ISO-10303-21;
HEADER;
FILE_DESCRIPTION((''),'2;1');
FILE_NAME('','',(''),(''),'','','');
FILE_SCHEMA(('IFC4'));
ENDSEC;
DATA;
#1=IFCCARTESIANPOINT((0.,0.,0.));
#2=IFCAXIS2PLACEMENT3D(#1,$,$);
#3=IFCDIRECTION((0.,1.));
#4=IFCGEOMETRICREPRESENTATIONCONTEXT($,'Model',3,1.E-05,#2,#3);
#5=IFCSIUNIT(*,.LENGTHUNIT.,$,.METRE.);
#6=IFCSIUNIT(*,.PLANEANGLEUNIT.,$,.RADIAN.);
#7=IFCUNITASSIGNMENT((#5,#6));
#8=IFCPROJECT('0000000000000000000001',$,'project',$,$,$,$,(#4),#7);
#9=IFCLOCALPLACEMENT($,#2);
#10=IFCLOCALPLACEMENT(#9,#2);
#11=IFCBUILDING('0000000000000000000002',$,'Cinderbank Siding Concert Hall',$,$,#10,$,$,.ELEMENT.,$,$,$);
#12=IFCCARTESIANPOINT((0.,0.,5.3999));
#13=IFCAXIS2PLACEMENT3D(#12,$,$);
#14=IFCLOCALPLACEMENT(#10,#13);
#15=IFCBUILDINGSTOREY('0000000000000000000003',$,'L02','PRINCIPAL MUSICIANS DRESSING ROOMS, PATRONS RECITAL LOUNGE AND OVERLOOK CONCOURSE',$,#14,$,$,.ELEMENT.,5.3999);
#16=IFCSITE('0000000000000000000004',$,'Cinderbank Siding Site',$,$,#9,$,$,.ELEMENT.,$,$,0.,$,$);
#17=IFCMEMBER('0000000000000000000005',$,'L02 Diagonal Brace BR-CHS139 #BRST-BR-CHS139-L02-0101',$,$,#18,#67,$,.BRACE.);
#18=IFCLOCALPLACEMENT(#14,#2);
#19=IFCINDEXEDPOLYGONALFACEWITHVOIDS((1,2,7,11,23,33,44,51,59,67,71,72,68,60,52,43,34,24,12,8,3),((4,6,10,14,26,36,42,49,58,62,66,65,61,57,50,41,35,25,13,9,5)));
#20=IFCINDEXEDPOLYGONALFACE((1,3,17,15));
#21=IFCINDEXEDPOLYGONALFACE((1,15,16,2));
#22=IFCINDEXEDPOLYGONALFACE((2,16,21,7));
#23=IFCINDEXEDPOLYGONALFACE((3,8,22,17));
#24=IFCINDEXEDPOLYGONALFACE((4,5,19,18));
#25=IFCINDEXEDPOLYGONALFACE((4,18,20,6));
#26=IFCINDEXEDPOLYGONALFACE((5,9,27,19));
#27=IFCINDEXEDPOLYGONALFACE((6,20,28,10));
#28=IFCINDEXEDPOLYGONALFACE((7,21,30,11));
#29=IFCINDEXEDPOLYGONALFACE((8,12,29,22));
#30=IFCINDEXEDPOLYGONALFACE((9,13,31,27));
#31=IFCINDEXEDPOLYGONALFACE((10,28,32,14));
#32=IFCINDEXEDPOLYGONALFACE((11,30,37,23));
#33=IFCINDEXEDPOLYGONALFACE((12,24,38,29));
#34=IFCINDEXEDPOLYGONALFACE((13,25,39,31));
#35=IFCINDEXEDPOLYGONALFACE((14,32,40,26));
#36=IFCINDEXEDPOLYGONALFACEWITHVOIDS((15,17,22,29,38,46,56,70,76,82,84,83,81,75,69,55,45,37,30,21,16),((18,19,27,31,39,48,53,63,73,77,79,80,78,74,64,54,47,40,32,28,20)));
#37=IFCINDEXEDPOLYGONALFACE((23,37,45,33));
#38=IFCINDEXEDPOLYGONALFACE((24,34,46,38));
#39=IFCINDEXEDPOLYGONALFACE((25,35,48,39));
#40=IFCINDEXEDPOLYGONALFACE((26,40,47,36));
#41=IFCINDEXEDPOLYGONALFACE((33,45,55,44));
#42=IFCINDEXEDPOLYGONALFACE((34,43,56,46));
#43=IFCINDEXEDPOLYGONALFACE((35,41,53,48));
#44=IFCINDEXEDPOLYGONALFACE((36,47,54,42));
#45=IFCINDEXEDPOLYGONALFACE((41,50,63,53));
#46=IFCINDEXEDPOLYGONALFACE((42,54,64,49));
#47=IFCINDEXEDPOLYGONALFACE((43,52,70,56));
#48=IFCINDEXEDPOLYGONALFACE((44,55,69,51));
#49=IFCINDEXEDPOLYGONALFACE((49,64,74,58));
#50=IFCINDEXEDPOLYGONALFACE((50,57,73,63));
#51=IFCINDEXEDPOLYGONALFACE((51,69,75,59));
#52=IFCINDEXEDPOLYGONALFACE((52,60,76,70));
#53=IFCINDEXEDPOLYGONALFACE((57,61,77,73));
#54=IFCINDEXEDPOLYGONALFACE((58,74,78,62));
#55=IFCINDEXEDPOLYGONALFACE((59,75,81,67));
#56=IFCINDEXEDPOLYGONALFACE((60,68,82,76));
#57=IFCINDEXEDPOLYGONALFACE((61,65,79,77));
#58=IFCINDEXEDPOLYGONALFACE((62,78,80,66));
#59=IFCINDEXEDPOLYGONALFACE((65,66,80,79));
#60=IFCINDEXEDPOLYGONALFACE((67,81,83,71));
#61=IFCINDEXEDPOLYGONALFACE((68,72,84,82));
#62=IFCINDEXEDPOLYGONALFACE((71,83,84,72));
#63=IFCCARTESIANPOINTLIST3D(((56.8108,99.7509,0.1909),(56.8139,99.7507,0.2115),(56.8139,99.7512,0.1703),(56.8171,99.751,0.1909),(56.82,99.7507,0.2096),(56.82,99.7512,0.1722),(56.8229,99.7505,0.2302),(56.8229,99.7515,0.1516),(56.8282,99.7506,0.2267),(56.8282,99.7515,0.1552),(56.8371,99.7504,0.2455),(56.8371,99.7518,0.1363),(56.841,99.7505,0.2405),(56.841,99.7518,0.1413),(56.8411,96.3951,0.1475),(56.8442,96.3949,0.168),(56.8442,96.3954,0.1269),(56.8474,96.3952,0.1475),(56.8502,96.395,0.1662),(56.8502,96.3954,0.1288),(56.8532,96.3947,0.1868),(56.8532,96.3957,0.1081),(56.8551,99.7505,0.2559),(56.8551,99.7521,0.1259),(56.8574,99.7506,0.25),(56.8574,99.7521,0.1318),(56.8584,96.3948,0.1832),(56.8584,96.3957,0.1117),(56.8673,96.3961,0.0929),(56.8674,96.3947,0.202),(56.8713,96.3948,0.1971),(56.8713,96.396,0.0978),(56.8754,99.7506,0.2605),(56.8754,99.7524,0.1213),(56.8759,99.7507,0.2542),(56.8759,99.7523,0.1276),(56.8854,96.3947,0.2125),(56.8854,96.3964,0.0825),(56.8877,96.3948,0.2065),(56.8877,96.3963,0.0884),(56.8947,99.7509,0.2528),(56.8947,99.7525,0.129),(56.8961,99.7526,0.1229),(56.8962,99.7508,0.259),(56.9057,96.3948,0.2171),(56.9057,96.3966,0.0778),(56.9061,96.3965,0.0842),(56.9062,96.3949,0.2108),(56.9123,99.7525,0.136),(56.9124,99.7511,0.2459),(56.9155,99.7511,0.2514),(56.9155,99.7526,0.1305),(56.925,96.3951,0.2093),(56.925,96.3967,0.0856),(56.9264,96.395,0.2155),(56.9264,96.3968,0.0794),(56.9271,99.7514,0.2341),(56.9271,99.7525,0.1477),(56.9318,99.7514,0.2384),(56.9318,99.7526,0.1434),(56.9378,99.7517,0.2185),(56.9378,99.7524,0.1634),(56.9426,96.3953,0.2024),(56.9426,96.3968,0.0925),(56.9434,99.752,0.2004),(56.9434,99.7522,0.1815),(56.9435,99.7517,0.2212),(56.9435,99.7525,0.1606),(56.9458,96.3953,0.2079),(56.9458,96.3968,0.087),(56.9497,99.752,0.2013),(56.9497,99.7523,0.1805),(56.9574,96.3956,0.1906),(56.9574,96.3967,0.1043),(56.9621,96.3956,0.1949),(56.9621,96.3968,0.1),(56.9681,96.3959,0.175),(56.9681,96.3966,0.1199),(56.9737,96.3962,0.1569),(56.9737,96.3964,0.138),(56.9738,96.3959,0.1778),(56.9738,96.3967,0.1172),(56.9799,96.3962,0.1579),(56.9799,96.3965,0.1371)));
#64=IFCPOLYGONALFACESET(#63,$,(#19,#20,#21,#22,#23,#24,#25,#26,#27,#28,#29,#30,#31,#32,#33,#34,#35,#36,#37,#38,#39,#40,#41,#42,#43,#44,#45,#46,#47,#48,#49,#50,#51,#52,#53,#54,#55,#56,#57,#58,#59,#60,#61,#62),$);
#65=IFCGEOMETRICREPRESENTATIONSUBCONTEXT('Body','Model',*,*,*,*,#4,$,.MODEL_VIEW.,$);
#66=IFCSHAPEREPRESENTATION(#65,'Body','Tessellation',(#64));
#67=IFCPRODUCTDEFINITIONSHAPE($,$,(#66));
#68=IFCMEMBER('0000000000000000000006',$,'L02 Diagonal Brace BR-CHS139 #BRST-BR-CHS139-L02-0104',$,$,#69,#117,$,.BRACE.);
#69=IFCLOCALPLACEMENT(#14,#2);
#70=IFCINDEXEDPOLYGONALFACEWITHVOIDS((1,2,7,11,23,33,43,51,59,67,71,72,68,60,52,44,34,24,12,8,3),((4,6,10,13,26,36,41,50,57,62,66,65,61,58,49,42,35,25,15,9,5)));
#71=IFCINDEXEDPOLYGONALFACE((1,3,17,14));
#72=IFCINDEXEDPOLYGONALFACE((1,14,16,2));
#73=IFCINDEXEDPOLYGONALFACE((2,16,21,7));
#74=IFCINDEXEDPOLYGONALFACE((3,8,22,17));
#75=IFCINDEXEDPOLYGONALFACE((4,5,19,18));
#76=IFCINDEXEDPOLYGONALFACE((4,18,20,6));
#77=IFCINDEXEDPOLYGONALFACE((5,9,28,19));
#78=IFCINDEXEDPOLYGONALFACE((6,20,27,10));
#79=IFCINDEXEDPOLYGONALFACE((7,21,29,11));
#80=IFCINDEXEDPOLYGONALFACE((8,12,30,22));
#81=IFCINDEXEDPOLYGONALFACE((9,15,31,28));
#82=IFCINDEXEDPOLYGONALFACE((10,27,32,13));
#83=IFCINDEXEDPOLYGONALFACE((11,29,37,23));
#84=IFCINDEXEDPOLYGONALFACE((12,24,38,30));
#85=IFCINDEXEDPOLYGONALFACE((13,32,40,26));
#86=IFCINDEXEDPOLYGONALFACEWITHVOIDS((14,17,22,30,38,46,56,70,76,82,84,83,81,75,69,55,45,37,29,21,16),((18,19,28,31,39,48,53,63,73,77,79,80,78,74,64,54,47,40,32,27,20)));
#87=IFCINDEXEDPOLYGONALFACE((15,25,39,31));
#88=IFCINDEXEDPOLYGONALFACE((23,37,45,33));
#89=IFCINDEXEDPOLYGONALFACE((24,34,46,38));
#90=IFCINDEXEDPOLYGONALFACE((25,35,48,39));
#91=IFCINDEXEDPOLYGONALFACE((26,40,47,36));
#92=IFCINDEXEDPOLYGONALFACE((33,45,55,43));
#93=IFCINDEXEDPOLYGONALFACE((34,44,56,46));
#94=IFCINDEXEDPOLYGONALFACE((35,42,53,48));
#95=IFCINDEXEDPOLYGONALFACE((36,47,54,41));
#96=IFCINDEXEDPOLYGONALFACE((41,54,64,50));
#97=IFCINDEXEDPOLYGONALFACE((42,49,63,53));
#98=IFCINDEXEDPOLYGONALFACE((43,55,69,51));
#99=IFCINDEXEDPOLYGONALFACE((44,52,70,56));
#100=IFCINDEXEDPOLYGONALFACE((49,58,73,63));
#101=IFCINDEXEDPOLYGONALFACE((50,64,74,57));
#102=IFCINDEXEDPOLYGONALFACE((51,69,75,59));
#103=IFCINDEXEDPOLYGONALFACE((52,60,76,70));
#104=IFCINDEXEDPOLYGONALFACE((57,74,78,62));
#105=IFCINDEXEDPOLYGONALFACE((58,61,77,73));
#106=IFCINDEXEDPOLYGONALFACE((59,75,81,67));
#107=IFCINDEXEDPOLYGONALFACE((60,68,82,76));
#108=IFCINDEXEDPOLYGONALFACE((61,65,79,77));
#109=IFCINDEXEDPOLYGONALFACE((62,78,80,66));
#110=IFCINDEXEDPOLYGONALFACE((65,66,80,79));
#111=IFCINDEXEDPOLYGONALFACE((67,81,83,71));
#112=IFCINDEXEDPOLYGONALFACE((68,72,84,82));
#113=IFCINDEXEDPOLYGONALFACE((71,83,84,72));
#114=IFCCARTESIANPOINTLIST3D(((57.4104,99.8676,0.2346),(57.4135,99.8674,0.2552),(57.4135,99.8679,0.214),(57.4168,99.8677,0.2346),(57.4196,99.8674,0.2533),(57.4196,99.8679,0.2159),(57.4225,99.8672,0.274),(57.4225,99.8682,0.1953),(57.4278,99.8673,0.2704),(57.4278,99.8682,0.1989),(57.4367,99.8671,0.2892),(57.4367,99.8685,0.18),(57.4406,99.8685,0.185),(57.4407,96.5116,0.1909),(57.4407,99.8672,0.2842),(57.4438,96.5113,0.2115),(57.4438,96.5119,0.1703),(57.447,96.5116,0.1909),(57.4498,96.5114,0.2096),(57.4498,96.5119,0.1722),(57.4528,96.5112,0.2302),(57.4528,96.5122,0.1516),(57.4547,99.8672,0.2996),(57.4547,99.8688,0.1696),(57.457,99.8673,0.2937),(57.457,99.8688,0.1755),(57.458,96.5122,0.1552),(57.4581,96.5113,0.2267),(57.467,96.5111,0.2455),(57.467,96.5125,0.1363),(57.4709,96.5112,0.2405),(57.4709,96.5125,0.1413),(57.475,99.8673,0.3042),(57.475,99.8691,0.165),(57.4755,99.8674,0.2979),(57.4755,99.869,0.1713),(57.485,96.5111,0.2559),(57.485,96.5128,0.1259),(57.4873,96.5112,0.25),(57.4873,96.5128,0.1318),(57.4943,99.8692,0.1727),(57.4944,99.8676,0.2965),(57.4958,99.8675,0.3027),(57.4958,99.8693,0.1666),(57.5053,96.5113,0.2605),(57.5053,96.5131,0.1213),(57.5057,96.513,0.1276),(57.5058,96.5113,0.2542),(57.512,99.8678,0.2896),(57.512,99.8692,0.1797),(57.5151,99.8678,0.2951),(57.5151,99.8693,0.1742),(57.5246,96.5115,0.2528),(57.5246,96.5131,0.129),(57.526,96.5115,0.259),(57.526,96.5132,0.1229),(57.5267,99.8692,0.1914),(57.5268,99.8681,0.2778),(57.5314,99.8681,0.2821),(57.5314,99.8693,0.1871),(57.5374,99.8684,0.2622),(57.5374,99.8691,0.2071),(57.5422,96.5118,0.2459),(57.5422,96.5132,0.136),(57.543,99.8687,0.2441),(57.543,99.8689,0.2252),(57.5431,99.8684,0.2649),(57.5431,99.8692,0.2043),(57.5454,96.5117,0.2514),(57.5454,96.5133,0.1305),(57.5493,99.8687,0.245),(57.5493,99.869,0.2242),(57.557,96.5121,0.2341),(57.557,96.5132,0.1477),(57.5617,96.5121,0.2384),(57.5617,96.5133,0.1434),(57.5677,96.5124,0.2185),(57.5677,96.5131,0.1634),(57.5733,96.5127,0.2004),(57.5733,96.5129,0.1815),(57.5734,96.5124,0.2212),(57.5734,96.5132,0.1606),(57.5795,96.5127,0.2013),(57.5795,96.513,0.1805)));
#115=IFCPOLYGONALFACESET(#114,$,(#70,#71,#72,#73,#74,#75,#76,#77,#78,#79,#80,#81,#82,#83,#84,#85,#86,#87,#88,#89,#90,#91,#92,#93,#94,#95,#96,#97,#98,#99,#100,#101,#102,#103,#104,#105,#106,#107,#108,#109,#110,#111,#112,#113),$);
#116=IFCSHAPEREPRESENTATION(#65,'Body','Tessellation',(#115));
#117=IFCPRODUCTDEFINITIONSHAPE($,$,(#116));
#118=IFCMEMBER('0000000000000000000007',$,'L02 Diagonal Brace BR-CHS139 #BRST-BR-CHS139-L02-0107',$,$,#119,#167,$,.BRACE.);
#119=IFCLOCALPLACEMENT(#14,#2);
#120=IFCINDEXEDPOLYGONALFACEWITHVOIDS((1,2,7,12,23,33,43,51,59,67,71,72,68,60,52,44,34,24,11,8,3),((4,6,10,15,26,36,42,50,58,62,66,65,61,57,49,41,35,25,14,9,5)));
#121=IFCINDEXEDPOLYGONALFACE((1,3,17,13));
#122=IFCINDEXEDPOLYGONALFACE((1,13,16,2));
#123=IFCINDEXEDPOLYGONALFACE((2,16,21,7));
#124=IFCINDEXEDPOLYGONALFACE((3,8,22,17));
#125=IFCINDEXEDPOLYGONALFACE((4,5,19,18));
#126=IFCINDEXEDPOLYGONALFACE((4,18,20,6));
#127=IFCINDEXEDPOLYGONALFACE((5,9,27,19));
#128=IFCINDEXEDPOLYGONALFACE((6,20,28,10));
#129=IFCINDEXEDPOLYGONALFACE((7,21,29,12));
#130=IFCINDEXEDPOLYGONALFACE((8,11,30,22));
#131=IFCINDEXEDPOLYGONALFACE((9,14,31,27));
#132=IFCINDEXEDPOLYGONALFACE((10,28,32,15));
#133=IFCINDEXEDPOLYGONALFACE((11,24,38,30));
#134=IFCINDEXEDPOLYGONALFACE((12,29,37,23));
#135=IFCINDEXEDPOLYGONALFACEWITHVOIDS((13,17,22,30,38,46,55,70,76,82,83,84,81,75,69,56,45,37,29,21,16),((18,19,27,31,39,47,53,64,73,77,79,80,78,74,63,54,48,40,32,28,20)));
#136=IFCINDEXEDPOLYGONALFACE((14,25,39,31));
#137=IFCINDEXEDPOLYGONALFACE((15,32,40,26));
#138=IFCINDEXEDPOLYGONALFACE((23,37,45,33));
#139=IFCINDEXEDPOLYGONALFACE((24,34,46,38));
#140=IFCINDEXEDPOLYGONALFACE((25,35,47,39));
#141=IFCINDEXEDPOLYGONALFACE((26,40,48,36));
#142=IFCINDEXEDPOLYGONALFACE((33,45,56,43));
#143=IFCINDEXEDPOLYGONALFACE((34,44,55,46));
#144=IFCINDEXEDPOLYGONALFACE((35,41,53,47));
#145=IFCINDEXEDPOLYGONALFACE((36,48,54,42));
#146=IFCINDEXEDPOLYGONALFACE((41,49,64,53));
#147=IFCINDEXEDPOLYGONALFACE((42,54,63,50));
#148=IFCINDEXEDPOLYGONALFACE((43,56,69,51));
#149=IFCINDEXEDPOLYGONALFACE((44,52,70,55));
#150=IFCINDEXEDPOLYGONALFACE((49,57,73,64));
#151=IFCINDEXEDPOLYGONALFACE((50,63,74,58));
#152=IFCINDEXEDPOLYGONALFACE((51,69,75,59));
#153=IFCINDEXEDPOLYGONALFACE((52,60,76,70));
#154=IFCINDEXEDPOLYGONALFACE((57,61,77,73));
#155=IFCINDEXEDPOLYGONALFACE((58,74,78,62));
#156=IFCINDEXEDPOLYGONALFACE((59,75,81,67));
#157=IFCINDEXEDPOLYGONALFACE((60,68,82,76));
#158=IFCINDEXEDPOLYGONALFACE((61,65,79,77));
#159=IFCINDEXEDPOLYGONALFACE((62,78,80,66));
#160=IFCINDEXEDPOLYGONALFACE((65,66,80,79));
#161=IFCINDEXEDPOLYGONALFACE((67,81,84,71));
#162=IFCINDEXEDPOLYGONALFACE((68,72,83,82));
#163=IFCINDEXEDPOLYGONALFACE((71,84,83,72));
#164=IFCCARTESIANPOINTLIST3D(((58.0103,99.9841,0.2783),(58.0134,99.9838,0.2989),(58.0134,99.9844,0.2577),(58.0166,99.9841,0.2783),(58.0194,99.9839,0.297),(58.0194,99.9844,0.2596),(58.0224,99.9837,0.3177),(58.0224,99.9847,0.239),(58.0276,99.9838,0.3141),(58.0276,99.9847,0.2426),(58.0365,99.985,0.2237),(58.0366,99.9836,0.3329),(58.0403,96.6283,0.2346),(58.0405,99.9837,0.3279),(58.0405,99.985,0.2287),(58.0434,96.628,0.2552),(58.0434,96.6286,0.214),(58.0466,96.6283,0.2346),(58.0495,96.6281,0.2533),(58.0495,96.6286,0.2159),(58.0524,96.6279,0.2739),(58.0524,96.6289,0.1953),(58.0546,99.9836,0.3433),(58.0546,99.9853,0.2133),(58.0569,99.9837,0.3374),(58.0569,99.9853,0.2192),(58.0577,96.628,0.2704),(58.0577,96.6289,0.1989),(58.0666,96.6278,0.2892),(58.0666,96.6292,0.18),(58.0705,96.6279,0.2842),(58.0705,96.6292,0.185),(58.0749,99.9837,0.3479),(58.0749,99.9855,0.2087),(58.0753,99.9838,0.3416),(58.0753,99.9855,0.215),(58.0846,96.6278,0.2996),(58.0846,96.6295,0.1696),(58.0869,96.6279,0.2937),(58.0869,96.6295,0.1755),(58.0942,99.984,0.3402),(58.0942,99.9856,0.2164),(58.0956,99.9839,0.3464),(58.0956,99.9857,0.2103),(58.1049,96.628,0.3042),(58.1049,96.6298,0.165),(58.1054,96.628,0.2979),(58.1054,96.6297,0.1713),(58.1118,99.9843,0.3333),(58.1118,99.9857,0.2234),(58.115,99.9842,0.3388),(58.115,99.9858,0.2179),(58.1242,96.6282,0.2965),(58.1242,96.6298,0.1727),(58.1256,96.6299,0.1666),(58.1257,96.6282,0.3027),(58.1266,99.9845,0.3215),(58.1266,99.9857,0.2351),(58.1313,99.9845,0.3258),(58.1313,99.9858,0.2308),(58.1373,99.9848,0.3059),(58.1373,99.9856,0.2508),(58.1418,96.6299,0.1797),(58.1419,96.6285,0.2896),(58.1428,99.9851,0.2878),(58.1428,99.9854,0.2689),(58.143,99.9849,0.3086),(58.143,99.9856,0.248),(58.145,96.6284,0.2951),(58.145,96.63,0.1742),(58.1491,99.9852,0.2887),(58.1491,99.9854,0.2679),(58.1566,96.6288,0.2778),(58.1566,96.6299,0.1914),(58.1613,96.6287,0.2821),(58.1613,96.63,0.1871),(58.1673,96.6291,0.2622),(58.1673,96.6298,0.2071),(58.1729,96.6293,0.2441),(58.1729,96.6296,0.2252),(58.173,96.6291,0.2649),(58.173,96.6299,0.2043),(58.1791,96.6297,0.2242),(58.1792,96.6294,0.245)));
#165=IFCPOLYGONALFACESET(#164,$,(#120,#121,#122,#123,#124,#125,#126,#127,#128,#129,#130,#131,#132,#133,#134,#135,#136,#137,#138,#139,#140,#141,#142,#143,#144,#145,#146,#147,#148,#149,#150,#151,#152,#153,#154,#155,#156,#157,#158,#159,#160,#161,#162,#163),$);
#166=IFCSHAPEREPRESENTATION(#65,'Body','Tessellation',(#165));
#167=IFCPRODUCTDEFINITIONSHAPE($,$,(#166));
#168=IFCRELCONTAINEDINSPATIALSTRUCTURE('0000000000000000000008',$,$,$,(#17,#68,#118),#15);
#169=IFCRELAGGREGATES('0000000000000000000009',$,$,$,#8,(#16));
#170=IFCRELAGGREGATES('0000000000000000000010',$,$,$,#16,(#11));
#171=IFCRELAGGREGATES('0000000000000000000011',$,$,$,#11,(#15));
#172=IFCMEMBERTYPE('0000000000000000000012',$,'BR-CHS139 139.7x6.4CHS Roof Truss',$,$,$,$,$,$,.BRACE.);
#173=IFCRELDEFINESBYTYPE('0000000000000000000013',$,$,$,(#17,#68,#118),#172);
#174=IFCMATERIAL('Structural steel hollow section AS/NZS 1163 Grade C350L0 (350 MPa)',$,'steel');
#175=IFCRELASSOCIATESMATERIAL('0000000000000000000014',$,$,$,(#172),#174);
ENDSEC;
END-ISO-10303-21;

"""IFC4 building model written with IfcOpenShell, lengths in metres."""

from ifc_helpers import new_model, si_unit, direction, frame, origin, origin_2d, place, context, subcontext, project, spatial, hollow_circle, extrude, material, material_profile, profile_set, type_object, element, save


model = new_model("IFC4")

# Units and contexts
model_context = context("Model", 3, precision=1e-05, world=origin(), true_north=direction((0.0, 1.0)))
body_context = subcontext(model_context, "Body", "Model", "MODEL_VIEW")
ifc_project = project(units=[si_unit("LENGTHUNIT", "METRE"), si_unit("PLANEANGLEUNIT", "RADIAN")], contexts=[model_context])

# Site, building, storey
site_placement = place(None, origin())
site = spatial("IfcSite", under=ifc_project, at=site_placement, Name="Cinderbank Siding Site", CompositionType="ELEMENT", RefElevation=0.0)
building_placement = place(site_placement, origin())
building = spatial("IfcBuilding", under=site, at=building_placement, Name="Cinderbank Siding Concert Hall", CompositionType="ELEMENT")
storey_placement = place(building_placement, frame((0.0, 0.0, 5.3999)))
storey = spatial("IfcBuildingStorey", under=building, at=storey_placement, Name="L02", Description="PRINCIPAL MUSICIANS DRESSING ROOMS, PATRONS RECITAL LOUNGE AND OVERLOOK CONCOURSE", CompositionType="ELEMENT", Elevation=5.3999)

# Members
ifc_material_1 = material(Name="Structural steel hollow section AS/NZS 1163 Grade C350L0 (350 MPa)", Category="steel")
ifc_material_profile_1 = material_profile(ifc_material_1, hollow_circle(Radius=0.0698, WallThickness=0.0063, at=origin_2d()), Name="139.7x6.4CHS", Category="LoadBearing")
ifc_profile_set_1 = profile_set([ifc_material_profile_1], Name="Structural steel hollow section AS/NZS 1163 Grade C350L0 (350 MPa)")
member_type_1 = type_object("IfcMemberType", Name="BR-CHS139 139.7x6.4CHS Roof Truss", PredefinedType="BRACE", material=ifc_profile_set_1)
member_1_placement = place(storey_placement, frame((56.9109, 96.3958, 0.1475), z_axis=(-0.00902, 0.999875, 0.012949), x_axis=(-0.999959, -0.009021, 0.0)))
element("IfcMember", 1, at=member_1_placement, inside=storey, type_object=member_type_1, Name="L02 Diagonal Brace BR-CHS139 #BRST-BR-CHS139-L02-0101", PredefinedType="BRACE", context=body_context, shape_type="SweptSolid", body=[
    extrude(hollow_circle(Radius=0.0698, WallThickness=0.0063, at=origin_2d()), origin(), (0.0, 0.0, 1.0), 3.3562),
])
member_2_placement = place(storey_placement, frame((57.5105, 96.5122, 0.1909), z_axis=(-0.00902, 0.999875, 0.01302), x_axis=(-0.999959, -0.00902, 0.0)))
element("IfcMember", 2, at=member_2_placement, inside=storey, type_object=member_type_1, Name="L02 Diagonal Brace BR-CHS139 #BRST-BR-CHS139-L02-0104", PredefinedType="BRACE", context=body_context, shape_type="SweptSolid", body=[
    extrude(hollow_circle(Radius=0.0698, WallThickness=0.0063, at=origin_2d()), origin(), (0.0, 0.0, 1.0), 3.3564),
])
for number, where, z_axis, x_axis, name in (
    (3, (58.1101, 96.6289, 0.2346), (-0.008948, 0.999875, 0.013021), (-0.99996, -0.008948, 0.0), "L02 Diagonal Brace BR-CHS139 #BRST-BR-CHS139-L02-0107"),
):
    element("IfcMember", number, at=place(storey_placement, frame(where, z_axis=z_axis, x_axis=x_axis)), inside=storey, type_object=member_type_1, Name=name, PredefinedType="BRACE", context=body_context, shape_type="SweptSolid", body=[
        extrude(hollow_circle(Radius=0.0698, WallThickness=0.0063, at=origin_2d()), origin(), (0.0, 0.0, 1.0), 3.3562),
    ])

save(model, "model.ifc")
